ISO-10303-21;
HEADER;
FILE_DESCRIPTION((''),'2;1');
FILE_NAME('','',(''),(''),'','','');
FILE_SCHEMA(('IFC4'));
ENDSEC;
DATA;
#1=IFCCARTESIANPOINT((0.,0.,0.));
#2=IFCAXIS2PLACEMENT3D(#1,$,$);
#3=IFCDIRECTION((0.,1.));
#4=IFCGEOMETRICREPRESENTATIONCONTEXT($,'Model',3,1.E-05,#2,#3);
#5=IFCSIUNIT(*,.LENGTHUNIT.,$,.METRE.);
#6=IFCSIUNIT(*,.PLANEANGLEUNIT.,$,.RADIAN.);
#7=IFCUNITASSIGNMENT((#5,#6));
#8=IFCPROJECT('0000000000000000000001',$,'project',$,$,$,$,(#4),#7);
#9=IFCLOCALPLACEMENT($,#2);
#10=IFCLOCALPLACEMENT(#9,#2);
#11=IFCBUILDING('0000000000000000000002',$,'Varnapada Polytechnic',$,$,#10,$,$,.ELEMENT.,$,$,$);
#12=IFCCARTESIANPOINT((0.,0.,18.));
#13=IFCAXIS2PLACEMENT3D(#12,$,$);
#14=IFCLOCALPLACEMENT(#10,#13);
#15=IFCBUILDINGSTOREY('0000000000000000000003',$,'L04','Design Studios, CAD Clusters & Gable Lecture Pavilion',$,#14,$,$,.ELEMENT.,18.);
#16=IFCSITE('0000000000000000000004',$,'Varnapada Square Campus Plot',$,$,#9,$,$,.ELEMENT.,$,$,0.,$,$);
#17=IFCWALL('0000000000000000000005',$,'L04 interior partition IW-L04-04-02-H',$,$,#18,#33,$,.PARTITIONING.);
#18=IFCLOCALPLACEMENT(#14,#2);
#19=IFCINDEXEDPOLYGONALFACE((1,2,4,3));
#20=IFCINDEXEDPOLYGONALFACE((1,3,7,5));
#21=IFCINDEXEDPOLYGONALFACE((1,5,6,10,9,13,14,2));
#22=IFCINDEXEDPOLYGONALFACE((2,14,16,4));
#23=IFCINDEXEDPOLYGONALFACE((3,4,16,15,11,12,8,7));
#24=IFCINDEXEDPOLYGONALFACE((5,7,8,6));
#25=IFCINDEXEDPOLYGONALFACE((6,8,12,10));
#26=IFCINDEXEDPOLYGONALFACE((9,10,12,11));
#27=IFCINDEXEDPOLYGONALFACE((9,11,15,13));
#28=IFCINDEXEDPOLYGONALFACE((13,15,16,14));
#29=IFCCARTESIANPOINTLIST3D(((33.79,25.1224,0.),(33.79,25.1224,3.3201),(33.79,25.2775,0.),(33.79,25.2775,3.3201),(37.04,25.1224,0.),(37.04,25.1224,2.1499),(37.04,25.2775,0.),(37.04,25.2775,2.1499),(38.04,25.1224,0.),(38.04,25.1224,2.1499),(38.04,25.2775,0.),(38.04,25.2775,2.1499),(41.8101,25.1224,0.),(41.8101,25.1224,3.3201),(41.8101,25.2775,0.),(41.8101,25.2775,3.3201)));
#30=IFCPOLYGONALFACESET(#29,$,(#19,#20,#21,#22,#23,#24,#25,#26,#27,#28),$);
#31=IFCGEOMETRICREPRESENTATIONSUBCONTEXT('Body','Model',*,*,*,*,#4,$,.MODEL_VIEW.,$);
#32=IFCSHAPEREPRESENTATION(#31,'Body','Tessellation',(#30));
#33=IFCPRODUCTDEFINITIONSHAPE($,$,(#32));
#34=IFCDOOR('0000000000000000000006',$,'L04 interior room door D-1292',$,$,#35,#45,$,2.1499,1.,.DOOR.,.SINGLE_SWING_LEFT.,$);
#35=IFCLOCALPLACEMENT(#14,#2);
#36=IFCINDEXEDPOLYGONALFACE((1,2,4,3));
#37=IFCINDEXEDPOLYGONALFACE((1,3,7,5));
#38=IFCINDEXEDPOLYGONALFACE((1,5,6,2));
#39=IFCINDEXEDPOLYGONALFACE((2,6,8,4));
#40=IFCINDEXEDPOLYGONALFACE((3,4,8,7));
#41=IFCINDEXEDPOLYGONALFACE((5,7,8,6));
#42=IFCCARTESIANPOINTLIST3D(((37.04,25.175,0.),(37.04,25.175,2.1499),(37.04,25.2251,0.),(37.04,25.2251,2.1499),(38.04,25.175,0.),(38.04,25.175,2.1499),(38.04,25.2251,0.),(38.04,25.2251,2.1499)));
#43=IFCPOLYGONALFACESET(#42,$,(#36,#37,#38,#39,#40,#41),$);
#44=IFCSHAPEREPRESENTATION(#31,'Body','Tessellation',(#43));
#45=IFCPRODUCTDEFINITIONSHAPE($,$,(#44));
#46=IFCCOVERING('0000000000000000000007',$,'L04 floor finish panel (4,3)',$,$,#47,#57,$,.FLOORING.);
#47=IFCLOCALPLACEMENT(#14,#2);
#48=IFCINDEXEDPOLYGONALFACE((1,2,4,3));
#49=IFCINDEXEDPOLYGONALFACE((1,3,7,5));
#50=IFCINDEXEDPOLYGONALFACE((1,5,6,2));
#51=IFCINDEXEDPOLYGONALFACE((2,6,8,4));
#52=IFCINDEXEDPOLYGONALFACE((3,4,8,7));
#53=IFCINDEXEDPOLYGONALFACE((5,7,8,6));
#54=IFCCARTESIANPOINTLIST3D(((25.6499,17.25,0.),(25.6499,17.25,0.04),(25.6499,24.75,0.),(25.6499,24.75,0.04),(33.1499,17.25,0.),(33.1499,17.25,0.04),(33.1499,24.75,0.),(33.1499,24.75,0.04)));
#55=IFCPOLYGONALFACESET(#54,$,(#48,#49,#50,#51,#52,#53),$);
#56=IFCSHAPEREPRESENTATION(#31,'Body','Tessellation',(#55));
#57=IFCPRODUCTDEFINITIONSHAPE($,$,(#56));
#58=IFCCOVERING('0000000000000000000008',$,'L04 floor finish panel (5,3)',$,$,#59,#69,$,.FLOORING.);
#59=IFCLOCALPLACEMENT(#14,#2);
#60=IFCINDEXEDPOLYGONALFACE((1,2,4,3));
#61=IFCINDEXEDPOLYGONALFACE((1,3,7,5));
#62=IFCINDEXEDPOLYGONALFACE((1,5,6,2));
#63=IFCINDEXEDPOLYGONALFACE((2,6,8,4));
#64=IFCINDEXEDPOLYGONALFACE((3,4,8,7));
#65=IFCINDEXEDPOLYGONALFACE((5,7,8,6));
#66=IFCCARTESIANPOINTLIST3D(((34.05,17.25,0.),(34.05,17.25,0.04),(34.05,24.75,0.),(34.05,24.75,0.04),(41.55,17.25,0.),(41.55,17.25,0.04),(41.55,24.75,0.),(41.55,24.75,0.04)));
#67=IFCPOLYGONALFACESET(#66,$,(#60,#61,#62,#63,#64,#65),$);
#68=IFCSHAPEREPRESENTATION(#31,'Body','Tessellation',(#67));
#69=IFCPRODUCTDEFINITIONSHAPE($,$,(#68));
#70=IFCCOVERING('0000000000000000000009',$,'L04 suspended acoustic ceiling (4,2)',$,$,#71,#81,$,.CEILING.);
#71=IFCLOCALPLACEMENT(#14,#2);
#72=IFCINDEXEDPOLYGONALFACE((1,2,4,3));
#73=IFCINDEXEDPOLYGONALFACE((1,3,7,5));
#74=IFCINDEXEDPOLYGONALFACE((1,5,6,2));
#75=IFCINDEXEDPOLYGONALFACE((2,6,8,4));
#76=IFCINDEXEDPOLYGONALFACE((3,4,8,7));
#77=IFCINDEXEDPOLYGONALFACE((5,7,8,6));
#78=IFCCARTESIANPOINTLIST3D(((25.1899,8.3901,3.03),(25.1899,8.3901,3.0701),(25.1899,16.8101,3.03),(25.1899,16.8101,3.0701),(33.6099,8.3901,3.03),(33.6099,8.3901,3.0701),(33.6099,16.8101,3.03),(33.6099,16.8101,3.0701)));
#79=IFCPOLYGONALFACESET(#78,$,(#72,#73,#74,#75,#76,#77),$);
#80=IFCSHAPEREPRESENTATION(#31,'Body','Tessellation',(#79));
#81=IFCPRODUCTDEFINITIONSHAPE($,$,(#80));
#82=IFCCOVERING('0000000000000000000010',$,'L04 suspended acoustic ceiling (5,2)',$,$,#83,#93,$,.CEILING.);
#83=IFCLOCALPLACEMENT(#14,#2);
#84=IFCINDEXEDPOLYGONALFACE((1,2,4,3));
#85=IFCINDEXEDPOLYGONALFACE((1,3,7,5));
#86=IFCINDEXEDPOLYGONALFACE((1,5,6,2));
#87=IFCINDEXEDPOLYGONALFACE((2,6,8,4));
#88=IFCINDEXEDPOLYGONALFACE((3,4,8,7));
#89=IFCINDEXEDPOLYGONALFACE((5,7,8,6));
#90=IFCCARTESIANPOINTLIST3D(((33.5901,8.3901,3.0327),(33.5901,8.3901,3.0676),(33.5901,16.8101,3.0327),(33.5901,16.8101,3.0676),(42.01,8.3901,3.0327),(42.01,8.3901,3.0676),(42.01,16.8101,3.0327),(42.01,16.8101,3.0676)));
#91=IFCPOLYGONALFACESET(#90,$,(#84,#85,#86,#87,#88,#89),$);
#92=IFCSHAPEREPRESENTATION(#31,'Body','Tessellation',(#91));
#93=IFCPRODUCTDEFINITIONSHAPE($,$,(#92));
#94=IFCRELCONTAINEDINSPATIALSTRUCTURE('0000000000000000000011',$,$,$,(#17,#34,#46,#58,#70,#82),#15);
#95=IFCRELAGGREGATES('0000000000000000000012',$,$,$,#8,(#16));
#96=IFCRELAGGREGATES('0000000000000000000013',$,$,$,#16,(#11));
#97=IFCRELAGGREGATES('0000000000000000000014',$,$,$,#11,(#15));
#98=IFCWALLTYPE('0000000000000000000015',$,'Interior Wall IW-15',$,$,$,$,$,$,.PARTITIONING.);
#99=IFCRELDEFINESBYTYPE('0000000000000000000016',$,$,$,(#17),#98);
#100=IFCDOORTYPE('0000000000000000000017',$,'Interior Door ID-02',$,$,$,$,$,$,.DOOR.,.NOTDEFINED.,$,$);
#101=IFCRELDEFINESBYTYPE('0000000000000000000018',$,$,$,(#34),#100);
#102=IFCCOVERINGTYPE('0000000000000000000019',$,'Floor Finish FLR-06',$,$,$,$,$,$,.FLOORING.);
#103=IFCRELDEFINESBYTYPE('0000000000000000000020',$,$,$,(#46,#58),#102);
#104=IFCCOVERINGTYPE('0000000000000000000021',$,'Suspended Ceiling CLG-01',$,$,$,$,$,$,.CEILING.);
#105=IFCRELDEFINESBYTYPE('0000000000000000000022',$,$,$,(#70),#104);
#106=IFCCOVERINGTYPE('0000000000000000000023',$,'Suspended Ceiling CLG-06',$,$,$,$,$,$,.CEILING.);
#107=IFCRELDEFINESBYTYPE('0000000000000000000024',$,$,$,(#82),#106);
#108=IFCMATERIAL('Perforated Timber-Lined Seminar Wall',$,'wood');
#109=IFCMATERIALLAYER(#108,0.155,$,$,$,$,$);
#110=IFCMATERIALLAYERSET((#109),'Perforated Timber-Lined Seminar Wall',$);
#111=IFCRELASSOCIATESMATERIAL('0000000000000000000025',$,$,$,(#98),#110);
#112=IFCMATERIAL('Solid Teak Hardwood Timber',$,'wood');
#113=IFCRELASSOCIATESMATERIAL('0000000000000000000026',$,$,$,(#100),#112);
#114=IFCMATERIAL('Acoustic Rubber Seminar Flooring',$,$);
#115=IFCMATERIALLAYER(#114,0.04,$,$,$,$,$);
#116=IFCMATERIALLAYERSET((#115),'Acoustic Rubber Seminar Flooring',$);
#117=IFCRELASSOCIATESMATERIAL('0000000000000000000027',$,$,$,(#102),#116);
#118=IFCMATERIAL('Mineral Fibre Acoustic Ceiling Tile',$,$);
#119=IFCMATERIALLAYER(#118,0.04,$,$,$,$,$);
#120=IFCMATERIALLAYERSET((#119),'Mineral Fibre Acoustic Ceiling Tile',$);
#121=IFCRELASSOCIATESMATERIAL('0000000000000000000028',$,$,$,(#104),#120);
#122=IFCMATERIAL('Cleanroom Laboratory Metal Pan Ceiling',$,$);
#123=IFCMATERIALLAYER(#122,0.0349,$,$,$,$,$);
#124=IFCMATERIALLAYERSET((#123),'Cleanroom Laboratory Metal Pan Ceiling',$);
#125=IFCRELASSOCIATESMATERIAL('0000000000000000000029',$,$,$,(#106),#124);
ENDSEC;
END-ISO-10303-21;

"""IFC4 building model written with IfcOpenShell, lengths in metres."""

from ifc_helpers import new_model, si_unit, direction, frame, frame_2d, origin, origin_2d, place, context, subcontext, project, spatial, rectangle, extrude, material, layer, layer_set, type_object, element, fill, save


model = new_model("IFC4")

# Units and contexts
model_context = context("Model", 3, precision=1e-05, world=origin(), true_north=direction((0.0, 1.0)))
body_context = subcontext(model_context, "Body", "Model", "MODEL_VIEW")
ifc_project = project(units=[si_unit("LENGTHUNIT", "METRE"), si_unit("PLANEANGLEUNIT", "RADIAN")], contexts=[model_context])

# Site, building, storey
site_placement = place(None, origin())
site = spatial("IfcSite", under=ifc_project, at=site_placement, Name="Varnapada Square Campus Plot", CompositionType="ELEMENT", RefElevation=0.0)
building_placement = place(site_placement, origin())
building = spatial("IfcBuilding", under=site, at=building_placement, Name="Varnapada Polytechnic", CompositionType="ELEMENT")
storey_placement = place(building_placement, frame((0.0, 0.0, 18.0)))
storey = spatial("IfcBuildingStorey", under=building, at=storey_placement, Name="L04", Description="Design Studios, CAD Clusters & Gable Lecture Pavilion", CompositionType="ELEMENT", Elevation=18.0)

# Wall, opening, door
ifc_material_1 = material(Name="Perforated Timber-Lined Seminar Wall", Category="wood")
ifc_layer_1 = layer(ifc_material_1, 0.155)
ifc_layer_set_1 = layer_set([ifc_layer_1], Name="Perforated Timber-Lined Seminar Wall")
wall_type_1 = type_object("IfcWallType", Name="Interior Wall IW-15", PredefinedType="PARTITIONING", material=ifc_layer_set_1)
wall_1_placement = place(storey_placement, frame((33.79, 25.2, 0.0), z_axis=(0.0, 0.0, 1.0), x_axis=(1.0, 0.0, 0.0)))
wall_1 = element("IfcWall", 1, at=wall_1_placement, inside=storey, type_object=wall_type_1, Name="L04 interior partition IW-L04-04-02-H", PredefinedType="PARTITIONING", context=body_context, shape_type="SweptSolid", body=[
    extrude(rectangle(XDim=8.02, YDim=0.155, at=frame_2d((4.01, 0.0))), origin(), (0.0, 0.0, 1.0), 3.3201),
])
opening_1_placement = place(wall_1_placement, frame((3.25, 0.0, 0.0)))
opening_1 = element("IfcOpeningElement", 2, at=opening_1_placement, cuts=wall_1, PredefinedType="OPENING", context=body_context, shape_type="SweptSolid", body=[
    extrude(rectangle(XDim=1.0, YDim=2.1499, at=frame_2d((0.5, 1.075))), frame((0.0, 0.0874, 0.0), z_axis=(0.0, -1.0, 0.0), x_axis=(1.0, 0.0, 0.0)), (0.0, 0.0, 1.0), 0.175),
])
ifc_material_2 = material(Name="Solid Teak Hardwood Timber", Category="wood")
door_type_1 = type_object("IfcDoorType", Name="Interior Door ID-02", OperationType="NOTDEFINED", PredefinedType="DOOR", material=ifc_material_2)
door_1_placement = place(opening_1_placement, frame((1.0, 0.0, 0.0), z_axis=(0.0, 0.0, 1.0), x_axis=(-1.0, 0.0, 0.0)))
door_1 = element("IfcDoor", 3, at=door_1_placement, inside=storey, type_object=door_type_1, Name="L04 interior room door D-1292", OperationType="SINGLE_SWING_LEFT", OverallHeight=2.1499, OverallWidth=1.0, PredefinedType="DOOR", context=body_context, shape_type="SweptSolid", body=[
    extrude(rectangle(XDim=1.0, YDim=2.1499, at=frame_2d((0.5, 1.075))), frame((0.0, 0.0249, 0.0), z_axis=(0.0, -1.0, 0.0), x_axis=(1.0, 0.0, 0.0)), (0.0, 0.0, 1.0), 0.05),
])
fill(opening_1, door_1)

# Coverings
ifc_material_3 = material(Name="Acoustic Rubber Seminar Flooring")
ifc_layer_2 = layer(ifc_material_3, 0.04)
ifc_layer_set_2 = layer_set([ifc_layer_2], Name="Acoustic Rubber Seminar Flooring")
covering_type_1 = type_object("IfcCoveringType", Name="Floor Finish FLR-06", PredefinedType="FLOORING", material=ifc_layer_set_2)
for number, where, z_axis, x_axis, name in (
    (4, (29.3999, 21.0, 0.0), (0.0, 0.0, 1.0), (1.0, 0.0, 0.0), "L04 floor finish panel (4,3)"),
    (5, (37.8, 21.0, 0.0), (0.0, 0.0, 1.0), (1.0, 0.0, 0.0), "L04 floor finish panel (5,3)"),
):
    element("IfcCovering", number, at=place(storey_placement, frame(where, z_axis=z_axis, x_axis=x_axis)), inside=storey, type_object=covering_type_1, Name=name, PredefinedType="FLOORING", context=body_context, shape_type="SweptSolid", body=[
        extrude(rectangle(XDim=7.5, YDim=7.5, at=origin_2d()), origin(), (0.0, 0.0, 1.0), 0.04),
    ])
ifc_material_4 = material(Name="Mineral Fibre Acoustic Ceiling Tile")
ifc_layer_3 = layer(ifc_material_4, 0.04)
ifc_layer_set_3 = layer_set([ifc_layer_3], Name="Mineral Fibre Acoustic Ceiling Tile")
covering_type_2 = type_object("IfcCoveringType", Name="Suspended Ceiling CLG-01", PredefinedType="CEILING", material=ifc_layer_set_3)
covering_1_placement = place(storey_placement, frame((29.3999, 12.6001, 3.03), z_axis=(0.0, 0.0, 1.0), x_axis=(1.0, 0.0, 0.0)))
element("IfcCovering", 6, at=covering_1_placement, inside=storey, type_object=covering_type_2, Name="L04 suspended acoustic ceiling (4,2)", PredefinedType="CEILING", context=body_context, shape_type="SweptSolid", body=[
    extrude(rectangle(XDim=8.4199, YDim=8.4199, at=origin_2d()), origin(), (0.0, 0.0, 1.0), 0.04),
])
ifc_material_5 = material(Name="Cleanroom Laboratory Metal Pan Ceiling")
ifc_layer_4 = layer(ifc_material_5, 0.0349)
ifc_layer_set_4 = layer_set([ifc_layer_4], Name="Cleanroom Laboratory Metal Pan Ceiling")
covering_type_3 = type_object("IfcCoveringType", Name="Suspended Ceiling CLG-06", PredefinedType="CEILING", material=ifc_layer_set_4)
covering_2_placement = place(storey_placement, frame((37.8, 12.6001, 3.0327), z_axis=(0.0, 0.0, 1.0), x_axis=(1.0, 0.0, 0.0)))
element("IfcCovering", 7, at=covering_2_placement, inside=storey, type_object=covering_type_3, Name="L04 suspended acoustic ceiling (5,2)", PredefinedType="CEILING", context=body_context, shape_type="SweptSolid", body=[
    extrude(rectangle(XDim=8.4199, YDim=8.4199, at=origin_2d()), origin(), (0.0, 0.0, 1.0), 0.0349),
])

save(model, "model.ifc")
